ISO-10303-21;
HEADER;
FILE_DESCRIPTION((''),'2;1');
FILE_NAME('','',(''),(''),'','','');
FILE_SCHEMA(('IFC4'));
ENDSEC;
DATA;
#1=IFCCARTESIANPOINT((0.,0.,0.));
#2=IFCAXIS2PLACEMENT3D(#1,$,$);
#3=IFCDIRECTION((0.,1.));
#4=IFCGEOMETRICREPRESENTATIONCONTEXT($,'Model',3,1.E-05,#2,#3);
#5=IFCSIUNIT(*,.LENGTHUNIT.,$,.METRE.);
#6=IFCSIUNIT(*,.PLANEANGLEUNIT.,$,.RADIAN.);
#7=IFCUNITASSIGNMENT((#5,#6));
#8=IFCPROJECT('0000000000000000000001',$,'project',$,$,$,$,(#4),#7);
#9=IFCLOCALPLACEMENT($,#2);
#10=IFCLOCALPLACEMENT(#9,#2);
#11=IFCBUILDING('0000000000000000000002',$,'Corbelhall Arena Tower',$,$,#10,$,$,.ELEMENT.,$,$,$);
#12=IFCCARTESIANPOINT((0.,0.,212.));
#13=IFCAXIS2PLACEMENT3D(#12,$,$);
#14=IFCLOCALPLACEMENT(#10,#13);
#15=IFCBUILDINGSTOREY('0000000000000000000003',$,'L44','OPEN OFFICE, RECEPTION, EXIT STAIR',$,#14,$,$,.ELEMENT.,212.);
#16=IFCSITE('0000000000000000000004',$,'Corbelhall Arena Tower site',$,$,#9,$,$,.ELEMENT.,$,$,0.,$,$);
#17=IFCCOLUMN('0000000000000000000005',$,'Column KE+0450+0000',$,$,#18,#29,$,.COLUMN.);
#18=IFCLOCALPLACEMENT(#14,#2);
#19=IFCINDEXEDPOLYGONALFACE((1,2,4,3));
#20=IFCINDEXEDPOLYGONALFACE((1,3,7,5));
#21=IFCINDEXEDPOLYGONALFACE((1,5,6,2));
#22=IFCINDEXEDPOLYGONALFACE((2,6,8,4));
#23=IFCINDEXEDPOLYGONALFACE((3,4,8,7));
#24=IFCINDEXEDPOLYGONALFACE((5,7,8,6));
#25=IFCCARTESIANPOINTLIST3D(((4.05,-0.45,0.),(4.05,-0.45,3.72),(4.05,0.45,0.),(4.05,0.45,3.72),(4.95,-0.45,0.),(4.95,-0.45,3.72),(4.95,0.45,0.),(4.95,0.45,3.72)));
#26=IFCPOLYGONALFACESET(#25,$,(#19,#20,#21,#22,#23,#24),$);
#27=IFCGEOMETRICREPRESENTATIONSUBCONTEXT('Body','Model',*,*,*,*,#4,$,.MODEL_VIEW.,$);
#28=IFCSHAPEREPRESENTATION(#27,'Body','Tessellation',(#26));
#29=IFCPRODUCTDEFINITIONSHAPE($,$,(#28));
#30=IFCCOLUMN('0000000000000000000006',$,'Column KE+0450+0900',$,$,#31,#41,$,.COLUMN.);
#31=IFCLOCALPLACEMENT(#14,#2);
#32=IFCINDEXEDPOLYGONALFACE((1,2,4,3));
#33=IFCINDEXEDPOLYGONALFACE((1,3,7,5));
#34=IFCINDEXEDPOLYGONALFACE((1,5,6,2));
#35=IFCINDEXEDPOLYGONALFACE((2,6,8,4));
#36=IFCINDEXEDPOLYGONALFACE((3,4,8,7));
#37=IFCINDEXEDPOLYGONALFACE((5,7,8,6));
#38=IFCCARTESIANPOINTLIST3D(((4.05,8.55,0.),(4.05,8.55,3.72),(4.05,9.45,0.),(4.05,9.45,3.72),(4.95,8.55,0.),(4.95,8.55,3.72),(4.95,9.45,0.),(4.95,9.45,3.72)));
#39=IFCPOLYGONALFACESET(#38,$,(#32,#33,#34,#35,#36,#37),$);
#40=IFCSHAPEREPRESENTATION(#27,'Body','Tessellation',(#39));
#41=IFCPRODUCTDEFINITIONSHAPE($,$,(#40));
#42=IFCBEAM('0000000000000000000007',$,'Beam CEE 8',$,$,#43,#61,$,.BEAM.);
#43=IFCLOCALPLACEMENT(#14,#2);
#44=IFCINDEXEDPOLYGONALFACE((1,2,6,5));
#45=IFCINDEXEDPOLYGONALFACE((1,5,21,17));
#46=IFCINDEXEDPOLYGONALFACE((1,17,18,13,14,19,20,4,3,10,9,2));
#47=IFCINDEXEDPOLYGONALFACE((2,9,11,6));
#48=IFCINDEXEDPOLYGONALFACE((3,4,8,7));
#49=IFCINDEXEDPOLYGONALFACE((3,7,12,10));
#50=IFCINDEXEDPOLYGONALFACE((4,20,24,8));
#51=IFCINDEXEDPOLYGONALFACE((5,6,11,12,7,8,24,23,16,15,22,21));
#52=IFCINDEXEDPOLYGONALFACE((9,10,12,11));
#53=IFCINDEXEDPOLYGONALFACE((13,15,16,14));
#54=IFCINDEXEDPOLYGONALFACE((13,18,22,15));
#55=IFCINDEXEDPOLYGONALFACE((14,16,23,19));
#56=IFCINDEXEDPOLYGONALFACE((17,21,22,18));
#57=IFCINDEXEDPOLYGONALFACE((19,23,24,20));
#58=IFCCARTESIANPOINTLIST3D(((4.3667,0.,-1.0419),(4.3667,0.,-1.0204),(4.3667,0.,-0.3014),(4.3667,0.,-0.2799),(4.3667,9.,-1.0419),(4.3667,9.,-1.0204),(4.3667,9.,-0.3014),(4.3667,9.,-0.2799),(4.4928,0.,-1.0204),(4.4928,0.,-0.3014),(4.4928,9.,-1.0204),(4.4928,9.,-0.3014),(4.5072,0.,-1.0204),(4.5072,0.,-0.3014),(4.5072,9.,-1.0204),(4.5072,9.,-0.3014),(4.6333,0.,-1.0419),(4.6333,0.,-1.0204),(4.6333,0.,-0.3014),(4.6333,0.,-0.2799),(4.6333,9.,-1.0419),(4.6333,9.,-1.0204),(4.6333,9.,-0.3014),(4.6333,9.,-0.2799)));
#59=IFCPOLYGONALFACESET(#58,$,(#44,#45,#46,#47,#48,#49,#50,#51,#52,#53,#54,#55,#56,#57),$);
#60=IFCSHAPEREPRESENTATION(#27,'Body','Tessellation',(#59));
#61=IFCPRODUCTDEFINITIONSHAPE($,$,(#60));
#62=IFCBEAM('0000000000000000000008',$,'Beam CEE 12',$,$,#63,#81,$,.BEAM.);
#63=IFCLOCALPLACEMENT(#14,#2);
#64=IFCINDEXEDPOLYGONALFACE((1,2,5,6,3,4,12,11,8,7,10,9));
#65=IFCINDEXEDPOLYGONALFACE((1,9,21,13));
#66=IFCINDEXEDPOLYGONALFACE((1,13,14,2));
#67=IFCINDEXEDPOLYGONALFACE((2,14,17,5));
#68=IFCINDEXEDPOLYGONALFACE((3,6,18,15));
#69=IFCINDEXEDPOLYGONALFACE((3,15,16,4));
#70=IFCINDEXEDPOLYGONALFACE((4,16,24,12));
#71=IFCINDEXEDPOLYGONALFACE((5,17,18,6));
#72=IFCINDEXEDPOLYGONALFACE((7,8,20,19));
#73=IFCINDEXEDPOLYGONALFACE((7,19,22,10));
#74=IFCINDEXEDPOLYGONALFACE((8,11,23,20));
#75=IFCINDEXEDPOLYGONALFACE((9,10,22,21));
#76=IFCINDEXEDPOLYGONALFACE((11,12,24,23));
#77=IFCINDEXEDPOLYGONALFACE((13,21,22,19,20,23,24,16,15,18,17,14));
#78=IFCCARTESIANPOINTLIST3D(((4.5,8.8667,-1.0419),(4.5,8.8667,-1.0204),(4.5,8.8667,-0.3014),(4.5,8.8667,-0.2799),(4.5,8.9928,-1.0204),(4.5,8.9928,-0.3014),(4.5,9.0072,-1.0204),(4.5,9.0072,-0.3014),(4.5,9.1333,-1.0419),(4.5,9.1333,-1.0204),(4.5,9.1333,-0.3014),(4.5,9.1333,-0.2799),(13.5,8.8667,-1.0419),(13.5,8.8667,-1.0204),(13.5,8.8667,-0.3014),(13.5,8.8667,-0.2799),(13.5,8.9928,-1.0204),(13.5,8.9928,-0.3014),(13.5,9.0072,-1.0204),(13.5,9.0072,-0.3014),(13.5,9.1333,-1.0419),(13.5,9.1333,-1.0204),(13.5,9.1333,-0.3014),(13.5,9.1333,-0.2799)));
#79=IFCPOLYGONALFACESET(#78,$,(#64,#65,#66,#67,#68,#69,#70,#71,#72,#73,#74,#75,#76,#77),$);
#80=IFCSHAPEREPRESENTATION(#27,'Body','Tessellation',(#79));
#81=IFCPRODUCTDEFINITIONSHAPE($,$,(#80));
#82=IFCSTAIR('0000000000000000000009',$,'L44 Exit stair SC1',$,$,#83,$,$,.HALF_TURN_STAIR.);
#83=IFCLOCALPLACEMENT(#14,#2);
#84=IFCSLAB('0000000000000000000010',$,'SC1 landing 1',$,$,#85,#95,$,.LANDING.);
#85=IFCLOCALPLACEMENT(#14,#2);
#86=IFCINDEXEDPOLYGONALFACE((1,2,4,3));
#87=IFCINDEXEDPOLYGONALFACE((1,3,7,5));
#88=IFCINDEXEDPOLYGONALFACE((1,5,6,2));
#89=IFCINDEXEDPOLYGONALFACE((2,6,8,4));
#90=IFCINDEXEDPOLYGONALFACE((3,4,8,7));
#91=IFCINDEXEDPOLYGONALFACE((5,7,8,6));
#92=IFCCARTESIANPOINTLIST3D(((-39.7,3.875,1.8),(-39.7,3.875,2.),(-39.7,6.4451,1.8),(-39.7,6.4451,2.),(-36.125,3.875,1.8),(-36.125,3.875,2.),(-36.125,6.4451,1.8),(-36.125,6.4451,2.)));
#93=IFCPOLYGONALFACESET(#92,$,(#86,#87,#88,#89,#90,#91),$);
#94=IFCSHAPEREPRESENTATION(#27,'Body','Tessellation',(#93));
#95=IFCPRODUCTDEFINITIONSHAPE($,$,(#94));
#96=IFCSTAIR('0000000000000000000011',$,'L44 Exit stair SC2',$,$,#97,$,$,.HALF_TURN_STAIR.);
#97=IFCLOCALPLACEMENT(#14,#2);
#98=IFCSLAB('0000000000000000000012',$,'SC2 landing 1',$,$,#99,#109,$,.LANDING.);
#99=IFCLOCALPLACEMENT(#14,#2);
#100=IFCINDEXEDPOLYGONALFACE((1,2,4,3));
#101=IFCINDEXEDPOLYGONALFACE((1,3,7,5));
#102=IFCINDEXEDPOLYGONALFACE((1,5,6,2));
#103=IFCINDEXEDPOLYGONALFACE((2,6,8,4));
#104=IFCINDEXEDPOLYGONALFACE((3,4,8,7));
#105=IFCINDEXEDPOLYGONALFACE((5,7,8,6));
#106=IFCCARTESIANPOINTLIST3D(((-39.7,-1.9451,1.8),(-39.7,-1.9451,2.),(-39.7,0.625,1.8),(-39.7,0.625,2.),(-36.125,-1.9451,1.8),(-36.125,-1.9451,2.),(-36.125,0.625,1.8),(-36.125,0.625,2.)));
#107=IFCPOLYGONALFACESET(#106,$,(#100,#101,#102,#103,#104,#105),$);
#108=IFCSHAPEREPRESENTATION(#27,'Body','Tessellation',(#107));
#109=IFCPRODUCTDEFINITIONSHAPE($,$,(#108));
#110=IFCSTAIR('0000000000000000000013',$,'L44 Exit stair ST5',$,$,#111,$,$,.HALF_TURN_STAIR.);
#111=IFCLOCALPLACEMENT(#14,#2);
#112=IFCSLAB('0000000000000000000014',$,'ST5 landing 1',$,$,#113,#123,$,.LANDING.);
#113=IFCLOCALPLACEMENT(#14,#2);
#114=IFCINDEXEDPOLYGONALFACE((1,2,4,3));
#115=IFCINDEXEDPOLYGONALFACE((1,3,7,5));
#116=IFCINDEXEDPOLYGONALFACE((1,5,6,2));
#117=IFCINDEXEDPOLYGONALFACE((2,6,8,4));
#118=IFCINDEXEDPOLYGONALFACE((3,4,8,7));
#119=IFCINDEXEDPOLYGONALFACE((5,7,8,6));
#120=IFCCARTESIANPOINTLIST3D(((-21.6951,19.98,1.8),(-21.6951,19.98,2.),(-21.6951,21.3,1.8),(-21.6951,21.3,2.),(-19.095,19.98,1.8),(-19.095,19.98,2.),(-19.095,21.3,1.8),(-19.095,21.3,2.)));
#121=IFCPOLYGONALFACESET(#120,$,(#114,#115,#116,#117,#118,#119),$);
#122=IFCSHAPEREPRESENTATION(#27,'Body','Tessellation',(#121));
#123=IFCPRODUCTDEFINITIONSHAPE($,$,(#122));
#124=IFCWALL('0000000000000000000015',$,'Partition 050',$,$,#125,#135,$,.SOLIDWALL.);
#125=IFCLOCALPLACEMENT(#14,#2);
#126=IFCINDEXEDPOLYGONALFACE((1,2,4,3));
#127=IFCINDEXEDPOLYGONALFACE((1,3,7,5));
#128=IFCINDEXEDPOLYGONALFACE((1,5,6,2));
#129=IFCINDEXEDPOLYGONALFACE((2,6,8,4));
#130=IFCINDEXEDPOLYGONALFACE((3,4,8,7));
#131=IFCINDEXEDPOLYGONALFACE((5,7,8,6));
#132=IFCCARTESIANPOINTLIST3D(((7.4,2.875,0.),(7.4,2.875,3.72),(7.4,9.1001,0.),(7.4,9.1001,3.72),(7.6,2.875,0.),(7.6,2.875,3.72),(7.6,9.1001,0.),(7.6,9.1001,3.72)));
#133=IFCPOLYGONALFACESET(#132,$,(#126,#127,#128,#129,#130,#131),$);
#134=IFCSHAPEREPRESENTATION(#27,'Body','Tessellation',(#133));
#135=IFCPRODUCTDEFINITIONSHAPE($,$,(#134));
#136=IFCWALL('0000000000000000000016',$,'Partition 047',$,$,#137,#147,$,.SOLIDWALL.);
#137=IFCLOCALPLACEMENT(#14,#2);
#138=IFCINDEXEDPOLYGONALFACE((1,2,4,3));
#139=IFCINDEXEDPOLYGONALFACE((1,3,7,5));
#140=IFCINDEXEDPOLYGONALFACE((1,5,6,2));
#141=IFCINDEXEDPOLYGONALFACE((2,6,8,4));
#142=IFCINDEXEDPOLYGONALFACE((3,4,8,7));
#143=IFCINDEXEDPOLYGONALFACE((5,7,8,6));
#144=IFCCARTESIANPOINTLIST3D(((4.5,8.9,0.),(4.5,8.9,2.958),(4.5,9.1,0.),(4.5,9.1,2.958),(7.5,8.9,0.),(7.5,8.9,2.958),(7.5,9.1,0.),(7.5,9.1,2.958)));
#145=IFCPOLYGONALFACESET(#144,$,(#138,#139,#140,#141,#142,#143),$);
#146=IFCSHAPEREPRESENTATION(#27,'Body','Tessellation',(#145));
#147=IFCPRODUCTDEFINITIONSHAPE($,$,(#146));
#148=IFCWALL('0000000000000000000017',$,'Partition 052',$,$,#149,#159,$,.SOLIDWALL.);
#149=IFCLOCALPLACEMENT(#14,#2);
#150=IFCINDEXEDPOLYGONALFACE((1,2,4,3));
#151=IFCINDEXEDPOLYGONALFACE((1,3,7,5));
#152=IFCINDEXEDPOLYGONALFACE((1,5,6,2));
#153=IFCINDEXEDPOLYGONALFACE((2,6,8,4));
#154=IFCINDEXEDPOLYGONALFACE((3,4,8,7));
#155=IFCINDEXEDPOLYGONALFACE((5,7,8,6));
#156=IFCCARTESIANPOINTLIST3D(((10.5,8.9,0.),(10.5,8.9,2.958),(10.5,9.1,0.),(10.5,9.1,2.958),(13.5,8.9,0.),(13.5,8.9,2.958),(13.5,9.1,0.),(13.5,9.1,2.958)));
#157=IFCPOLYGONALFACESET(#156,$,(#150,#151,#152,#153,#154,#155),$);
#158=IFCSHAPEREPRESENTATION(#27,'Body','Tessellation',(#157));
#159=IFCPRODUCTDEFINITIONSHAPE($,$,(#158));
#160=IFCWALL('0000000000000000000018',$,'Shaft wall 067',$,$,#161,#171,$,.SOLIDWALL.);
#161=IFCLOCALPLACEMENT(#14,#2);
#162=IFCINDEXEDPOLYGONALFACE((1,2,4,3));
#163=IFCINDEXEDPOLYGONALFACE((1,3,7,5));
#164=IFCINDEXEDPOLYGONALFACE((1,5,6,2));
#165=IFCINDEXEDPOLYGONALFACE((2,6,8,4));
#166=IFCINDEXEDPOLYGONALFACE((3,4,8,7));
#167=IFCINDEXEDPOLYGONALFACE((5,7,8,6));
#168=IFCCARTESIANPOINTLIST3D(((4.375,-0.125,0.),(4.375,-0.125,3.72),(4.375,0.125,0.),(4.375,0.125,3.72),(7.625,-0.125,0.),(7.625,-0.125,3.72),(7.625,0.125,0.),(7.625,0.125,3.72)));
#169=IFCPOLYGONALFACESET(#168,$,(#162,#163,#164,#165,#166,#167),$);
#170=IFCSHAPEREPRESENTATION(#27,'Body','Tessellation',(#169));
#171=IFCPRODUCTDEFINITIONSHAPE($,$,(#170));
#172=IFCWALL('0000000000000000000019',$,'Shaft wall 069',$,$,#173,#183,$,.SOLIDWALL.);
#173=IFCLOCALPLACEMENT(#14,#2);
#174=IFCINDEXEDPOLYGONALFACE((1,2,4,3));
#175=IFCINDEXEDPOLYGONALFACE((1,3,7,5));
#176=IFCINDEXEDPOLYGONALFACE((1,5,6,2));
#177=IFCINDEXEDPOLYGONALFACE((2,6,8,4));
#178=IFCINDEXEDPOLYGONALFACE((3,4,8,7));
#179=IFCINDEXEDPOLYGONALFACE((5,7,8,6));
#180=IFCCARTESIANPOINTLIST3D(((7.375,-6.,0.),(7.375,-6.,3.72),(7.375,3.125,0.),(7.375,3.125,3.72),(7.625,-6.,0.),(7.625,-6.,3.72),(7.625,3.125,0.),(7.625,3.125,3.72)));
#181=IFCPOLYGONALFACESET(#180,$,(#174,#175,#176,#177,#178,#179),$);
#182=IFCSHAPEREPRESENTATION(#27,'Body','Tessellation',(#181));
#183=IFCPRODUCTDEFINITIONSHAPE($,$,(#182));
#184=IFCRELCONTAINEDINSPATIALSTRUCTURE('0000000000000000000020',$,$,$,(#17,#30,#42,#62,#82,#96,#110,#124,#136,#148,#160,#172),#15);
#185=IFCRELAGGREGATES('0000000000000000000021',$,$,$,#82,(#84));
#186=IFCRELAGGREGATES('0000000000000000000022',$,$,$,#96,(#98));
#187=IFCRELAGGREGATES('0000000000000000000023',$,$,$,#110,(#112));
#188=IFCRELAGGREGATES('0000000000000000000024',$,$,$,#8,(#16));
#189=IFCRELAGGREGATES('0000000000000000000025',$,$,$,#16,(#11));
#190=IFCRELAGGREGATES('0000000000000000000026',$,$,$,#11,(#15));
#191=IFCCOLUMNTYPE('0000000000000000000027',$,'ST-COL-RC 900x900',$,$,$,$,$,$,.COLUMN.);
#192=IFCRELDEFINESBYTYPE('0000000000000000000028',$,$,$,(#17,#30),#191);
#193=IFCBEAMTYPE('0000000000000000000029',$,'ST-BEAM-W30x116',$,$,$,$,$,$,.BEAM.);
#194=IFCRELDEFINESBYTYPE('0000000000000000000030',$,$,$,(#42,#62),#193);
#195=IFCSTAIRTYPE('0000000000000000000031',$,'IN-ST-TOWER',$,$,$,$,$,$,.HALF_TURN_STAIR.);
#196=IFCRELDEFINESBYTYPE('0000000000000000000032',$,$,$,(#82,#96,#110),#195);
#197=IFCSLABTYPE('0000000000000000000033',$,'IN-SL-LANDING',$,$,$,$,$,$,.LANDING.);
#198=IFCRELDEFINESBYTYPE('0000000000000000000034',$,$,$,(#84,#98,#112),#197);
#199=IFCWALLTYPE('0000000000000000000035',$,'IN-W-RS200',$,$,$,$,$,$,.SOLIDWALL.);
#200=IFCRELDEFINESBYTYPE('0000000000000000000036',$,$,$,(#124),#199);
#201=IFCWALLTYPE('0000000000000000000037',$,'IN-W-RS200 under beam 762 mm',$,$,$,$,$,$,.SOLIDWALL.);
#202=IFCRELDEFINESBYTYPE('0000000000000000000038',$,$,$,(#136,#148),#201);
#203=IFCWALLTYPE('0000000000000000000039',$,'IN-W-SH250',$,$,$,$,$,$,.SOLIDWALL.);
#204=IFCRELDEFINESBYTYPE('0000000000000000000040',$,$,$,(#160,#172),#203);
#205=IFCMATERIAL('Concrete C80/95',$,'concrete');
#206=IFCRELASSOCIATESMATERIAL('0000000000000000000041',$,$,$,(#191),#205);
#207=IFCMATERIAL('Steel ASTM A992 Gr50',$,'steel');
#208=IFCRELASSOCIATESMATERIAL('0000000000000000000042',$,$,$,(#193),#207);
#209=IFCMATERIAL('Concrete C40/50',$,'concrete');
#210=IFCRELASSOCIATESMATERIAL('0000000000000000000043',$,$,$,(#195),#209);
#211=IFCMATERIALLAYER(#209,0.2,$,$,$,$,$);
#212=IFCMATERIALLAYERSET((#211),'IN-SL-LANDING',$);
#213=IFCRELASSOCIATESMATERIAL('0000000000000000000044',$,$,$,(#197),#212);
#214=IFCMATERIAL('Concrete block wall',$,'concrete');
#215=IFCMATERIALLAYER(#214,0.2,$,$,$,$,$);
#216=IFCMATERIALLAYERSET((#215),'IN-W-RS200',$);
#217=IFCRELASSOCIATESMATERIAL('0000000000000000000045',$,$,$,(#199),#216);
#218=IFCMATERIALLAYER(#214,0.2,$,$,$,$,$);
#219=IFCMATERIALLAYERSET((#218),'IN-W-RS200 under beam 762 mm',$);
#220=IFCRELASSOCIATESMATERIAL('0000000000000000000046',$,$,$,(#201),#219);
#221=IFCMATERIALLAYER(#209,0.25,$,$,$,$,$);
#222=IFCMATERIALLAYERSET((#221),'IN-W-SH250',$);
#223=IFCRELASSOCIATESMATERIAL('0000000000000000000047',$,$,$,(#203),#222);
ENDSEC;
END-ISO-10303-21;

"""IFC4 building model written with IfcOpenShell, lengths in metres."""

from ifc_helpers import new_model, si_unit, direction, frame, frame_2d, origin, origin_2d, place, context, subcontext, project, spatial, polyline, rectangle, i_section, outline, extrude, material, layer, layer_set, material_profile, profile_set, type_object, element, aggregate, save


model = new_model("IFC4")

# Units and contexts
model_context = context("Model", 3, precision=1e-05, world=origin(), true_north=direction((0.0, 1.0)))
body_context = subcontext(model_context, "Body", "Model", "MODEL_VIEW")
ifc_project = project(units=[si_unit("LENGTHUNIT", "METRE"), si_unit("PLANEANGLEUNIT", "RADIAN")], contexts=[model_context])

# Site, building, storey
site_placement = place(None, origin())
site = spatial("IfcSite", under=ifc_project, at=site_placement, Name="Corbelhall Arena Tower site", CompositionType="ELEMENT", RefElevation=0.0)
building_placement = place(site_placement, origin())
building = spatial("IfcBuilding", under=site, at=building_placement, Name="Corbelhall Arena Tower", CompositionType="ELEMENT")
storey_placement = place(building_placement, frame((0.0, 0.0, 212.0)))
storey = spatial("IfcBuildingStorey", under=building, at=storey_placement, Name="L44", Description="OPEN OFFICE, RECEPTION, EXIT STAIR", CompositionType="ELEMENT", Elevation=212.0)

# Columns
ifc_material_1 = material(Name="Concrete C80/95", Category="concrete")
ifc_material_profile_1 = material_profile(ifc_material_1, rectangle(XDim=0.8999, YDim=0.8999, at=origin_2d()))
ifc_profile_set_1 = profile_set([ifc_material_profile_1], Name="Concrete C80/95")
column_type = type_object("IfcColumnType", Name="ST-COL-RC 900x900", PredefinedType="COLUMN", material=ifc_profile_set_1)
for number, where, z_axis, x_axis, name in (
    (1, (4.5, 0.0, 0.0), (0.0, 0.0, 1.0), (1.0, 0.0, 0.0), "Column KE+0450+0000"),
    (2, (4.5, 9.0, 0.0), (0.0, 0.0, 1.0), (1.0, 0.0, 0.0), "Column KE+0450+0900"),
):
    element("IfcColumn", number, at=place(storey_placement, frame(where, z_axis=z_axis, x_axis=x_axis)), inside=storey, type_object=column_type, Name=name, PredefinedType="COLUMN", context=body_context, shape_type="SweptSolid", body=[
        extrude(rectangle(XDim=0.8999, YDim=0.8999, at=origin_2d()), origin(), (0.0, 0.0, 1.0), 3.72),
    ])

# Beams
ifc_material_2 = material(Name="Steel ASTM A992 Gr50", Category="steel")
ifc_material_profile_2 = material_profile(ifc_material_2, i_section(OverallWidth=0.2666, OverallDepth=0.762, WebThickness=0.0144, FlangeThickness=0.0215, at=origin_2d()))
ifc_profile_set_2 = profile_set([ifc_material_profile_2], Name="Steel ASTM A992 Gr50")
beam_type = type_object("IfcBeamType", Name="ST-BEAM-W30x116", PredefinedType="BEAM", material=ifc_profile_set_2)
for number, where, z_axis, x_axis, name in (
    (3, (4.5, 0.0, -0.6609), (0.0, 1.0, 0.0), (-1.0, 0.0, 0.0), "Beam CEE 8"),
    (4, (4.5, 9.0, -0.6609), (1.0, 0.0, 0.0), (0.0, 1.0, 0.0), "Beam CEE 12"),
):
    element("IfcBeam", number, at=place(storey_placement, frame(where, z_axis=z_axis, x_axis=x_axis)), inside=storey, type_object=beam_type, Name=name, PredefinedType="BEAM", context=body_context, shape_type="SweptSolid", body=[
        extrude(i_section(OverallWidth=0.2666, OverallDepth=0.762, WebThickness=0.0144, FlangeThickness=0.0215, at=origin_2d()), origin(), (0.0, 0.0, 1.0), 9.0),
    ])

# Stairs, slabs
ifc_material_3 = material(Name="Concrete C40/50", Category="concrete")
stair_type = type_object("IfcStairType", Name="IN-ST-TOWER", PredefinedType="HALF_TURN_STAIR", material=ifc_material_3)
stair_1_placement = place(storey_placement, origin())
stair_1 = element("IfcStair", 5, at=stair_1_placement, inside=storey, type_object=stair_type, Name="L44 Exit stair SC1", PredefinedType="HALF_TURN_STAIR")
ifc_layer_1 = layer(ifc_material_3, 0.2)
ifc_layer_set_1 = layer_set([ifc_layer_1], Name="IN-SL-LANDING")
slab_type = type_object("IfcSlabType", Name="IN-SL-LANDING", PredefinedType="LANDING", material=ifc_layer_set_1)
slab_1_placement = place(storey_placement, frame((0.0, 0.0, 1.8)))
slab_1 = element("IfcSlab", 6, at=slab_1_placement, type_object=slab_type, Name="SC1 landing 1", PredefinedType="LANDING", context=body_context, shape_type="SweptSolid", body=[
    extrude(outline(polyline([(-39.7, 6.4451), (-39.7, 3.875), (-36.125, 3.875), (-36.125, 6.4451), (-39.7, 6.4451)])), origin(), (0.0, 0.0, 1.0), 0.2),
])
aggregate(stair_1, [slab_1])
stair_2_placement = place(storey_placement, origin())
stair_2 = element("IfcStair", 7, at=stair_2_placement, inside=storey, type_object=stair_type, Name="L44 Exit stair SC2", PredefinedType="HALF_TURN_STAIR")
slab_2_placement = place(storey_placement, frame((0.0, 0.0, 1.8)))
slab_2 = element("IfcSlab", 8, at=slab_2_placement, type_object=slab_type, Name="SC2 landing 1", PredefinedType="LANDING", context=body_context, shape_type="SweptSolid", body=[
    extrude(outline(polyline([(-36.125, -1.9451), (-36.125, 0.625), (-39.7, 0.625), (-39.7, -1.9451), (-36.125, -1.9451)])), origin(), (0.0, 0.0, 1.0), 0.2),
])
aggregate(stair_2, [slab_2])
stair_3_placement = place(storey_placement, origin())
stair_3 = element("IfcStair", 9, at=stair_3_placement, inside=storey, type_object=stair_type, Name="L44 Exit stair ST5", PredefinedType="HALF_TURN_STAIR")
slab_3_placement = place(storey_placement, frame((0.0, 0.0, 1.8)))
slab_3 = element("IfcSlab", 10, at=slab_3_placement, type_object=slab_type, Name="ST5 landing 1", PredefinedType="LANDING", context=body_context, shape_type="SweptSolid", body=[
    extrude(outline(polyline([(-19.095, 19.98), (-19.095, 21.3), (-21.6951, 21.3), (-21.6951, 19.98), (-19.095, 19.98)])), origin(), (0.0, 0.0, 1.0), 0.2),
])
aggregate(stair_3, [slab_3])

# Wall
ifc_material_4 = material(Name="Concrete block wall", Category="concrete")
ifc_layer_2 = layer(ifc_material_4, 0.2)
ifc_layer_set_2 = layer_set([ifc_layer_2], Name="IN-W-RS200")
wall_type_1 = type_object("IfcWallType", Name="IN-W-RS200", PredefinedType="SOLIDWALL", material=ifc_layer_set_2)
wall_1_placement = place(storey_placement, frame((7.5, 9.1001, 0.0), z_axis=(0.0, 0.0, 1.0), x_axis=(0.0, -1.0, 0.0)))
element("IfcWall", 11, at=wall_1_placement, inside=storey, type_object=wall_type_1, Name="Partition 050", PredefinedType="SOLIDWALL", context=body_context, shape_type="SweptSolid", body=[
    extrude(rectangle(XDim=6.2251, YDim=0.2, at=frame_2d((3.1125, 0.0))), origin(), (0.0, 0.0, 1.0), 3.72),
])

# Shared definitions
ifc_layer_3 = layer(ifc_material_4, 0.2)
ifc_layer_set_3 = layer_set([ifc_layer_3], Name="IN-W-RS200 under beam 762 mm")
wall_type_2 = type_object("IfcWallType", Name="IN-W-RS200 under beam 762 mm", PredefinedType="SOLIDWALL", material=ifc_layer_set_3)

# Walls
for number, where, z_axis, x_axis, name in (
    (12, (4.5, 9.0, 0.0), (0.0, 0.0, 1.0), (1.0, 0.0, 0.0), "Partition 047"),
    (13, (10.5, 9.0, 0.0), (0.0, 0.0, 1.0), (1.0, 0.0, 0.0), "Partition 052"),
):
    element("IfcWall", number, at=place(storey_placement, frame(where, z_axis=z_axis, x_axis=x_axis)), inside=storey, type_object=wall_type_2, Name=name, PredefinedType="SOLIDWALL", context=body_context, shape_type="SweptSolid", body=[
        extrude(rectangle(XDim=3.0, YDim=0.2, at=frame_2d((1.5, 0.0))), origin(), (0.0, 0.0, 1.0), 2.958),
    ])
ifc_layer_4 = layer(ifc_material_3, 0.25)
ifc_layer_set_4 = layer_set([ifc_layer_4], Name="IN-W-SH250")
wall_type_3 = type_object("IfcWallType", Name="IN-W-SH250", PredefinedType="SOLIDWALL", material=ifc_layer_set_4)
wall_2_placement = place(storey_placement, frame((4.375, 0.0, 0.0), z_axis=(0.0, 0.0, 1.0), x_axis=(1.0, 0.0, 0.0)))
element("IfcWall", 14, at=wall_2_placement, inside=storey, type_object=wall_type_3, Name="Shaft wall 067", PredefinedType="SOLIDWALL", context=body_context, shape_type="SweptSolid", body=[
    extrude(rectangle(XDim=3.25, YDim=0.25, at=frame_2d((1.625, 0.0))), origin(), (0.0, 0.0, 1.0), 3.72),
])
wall_3_placement = place(storey_placement, frame((7.5, 3.125, 0.0), z_axis=(0.0, 0.0, 1.0), x_axis=(0.0, -1.0, 0.0)))
element("IfcWall", 15, at=wall_3_placement, inside=storey, type_object=wall_type_3, Name="Shaft wall 069", PredefinedType="SOLIDWALL", context=body_context, shape_type="SweptSolid", body=[
    extrude(rectangle(XDim=9.125, YDim=0.25, at=frame_2d((4.5625, 0.0))), origin(), (0.0, 0.0, 1.0), 3.72),
])

save(model, "model.ifc")
